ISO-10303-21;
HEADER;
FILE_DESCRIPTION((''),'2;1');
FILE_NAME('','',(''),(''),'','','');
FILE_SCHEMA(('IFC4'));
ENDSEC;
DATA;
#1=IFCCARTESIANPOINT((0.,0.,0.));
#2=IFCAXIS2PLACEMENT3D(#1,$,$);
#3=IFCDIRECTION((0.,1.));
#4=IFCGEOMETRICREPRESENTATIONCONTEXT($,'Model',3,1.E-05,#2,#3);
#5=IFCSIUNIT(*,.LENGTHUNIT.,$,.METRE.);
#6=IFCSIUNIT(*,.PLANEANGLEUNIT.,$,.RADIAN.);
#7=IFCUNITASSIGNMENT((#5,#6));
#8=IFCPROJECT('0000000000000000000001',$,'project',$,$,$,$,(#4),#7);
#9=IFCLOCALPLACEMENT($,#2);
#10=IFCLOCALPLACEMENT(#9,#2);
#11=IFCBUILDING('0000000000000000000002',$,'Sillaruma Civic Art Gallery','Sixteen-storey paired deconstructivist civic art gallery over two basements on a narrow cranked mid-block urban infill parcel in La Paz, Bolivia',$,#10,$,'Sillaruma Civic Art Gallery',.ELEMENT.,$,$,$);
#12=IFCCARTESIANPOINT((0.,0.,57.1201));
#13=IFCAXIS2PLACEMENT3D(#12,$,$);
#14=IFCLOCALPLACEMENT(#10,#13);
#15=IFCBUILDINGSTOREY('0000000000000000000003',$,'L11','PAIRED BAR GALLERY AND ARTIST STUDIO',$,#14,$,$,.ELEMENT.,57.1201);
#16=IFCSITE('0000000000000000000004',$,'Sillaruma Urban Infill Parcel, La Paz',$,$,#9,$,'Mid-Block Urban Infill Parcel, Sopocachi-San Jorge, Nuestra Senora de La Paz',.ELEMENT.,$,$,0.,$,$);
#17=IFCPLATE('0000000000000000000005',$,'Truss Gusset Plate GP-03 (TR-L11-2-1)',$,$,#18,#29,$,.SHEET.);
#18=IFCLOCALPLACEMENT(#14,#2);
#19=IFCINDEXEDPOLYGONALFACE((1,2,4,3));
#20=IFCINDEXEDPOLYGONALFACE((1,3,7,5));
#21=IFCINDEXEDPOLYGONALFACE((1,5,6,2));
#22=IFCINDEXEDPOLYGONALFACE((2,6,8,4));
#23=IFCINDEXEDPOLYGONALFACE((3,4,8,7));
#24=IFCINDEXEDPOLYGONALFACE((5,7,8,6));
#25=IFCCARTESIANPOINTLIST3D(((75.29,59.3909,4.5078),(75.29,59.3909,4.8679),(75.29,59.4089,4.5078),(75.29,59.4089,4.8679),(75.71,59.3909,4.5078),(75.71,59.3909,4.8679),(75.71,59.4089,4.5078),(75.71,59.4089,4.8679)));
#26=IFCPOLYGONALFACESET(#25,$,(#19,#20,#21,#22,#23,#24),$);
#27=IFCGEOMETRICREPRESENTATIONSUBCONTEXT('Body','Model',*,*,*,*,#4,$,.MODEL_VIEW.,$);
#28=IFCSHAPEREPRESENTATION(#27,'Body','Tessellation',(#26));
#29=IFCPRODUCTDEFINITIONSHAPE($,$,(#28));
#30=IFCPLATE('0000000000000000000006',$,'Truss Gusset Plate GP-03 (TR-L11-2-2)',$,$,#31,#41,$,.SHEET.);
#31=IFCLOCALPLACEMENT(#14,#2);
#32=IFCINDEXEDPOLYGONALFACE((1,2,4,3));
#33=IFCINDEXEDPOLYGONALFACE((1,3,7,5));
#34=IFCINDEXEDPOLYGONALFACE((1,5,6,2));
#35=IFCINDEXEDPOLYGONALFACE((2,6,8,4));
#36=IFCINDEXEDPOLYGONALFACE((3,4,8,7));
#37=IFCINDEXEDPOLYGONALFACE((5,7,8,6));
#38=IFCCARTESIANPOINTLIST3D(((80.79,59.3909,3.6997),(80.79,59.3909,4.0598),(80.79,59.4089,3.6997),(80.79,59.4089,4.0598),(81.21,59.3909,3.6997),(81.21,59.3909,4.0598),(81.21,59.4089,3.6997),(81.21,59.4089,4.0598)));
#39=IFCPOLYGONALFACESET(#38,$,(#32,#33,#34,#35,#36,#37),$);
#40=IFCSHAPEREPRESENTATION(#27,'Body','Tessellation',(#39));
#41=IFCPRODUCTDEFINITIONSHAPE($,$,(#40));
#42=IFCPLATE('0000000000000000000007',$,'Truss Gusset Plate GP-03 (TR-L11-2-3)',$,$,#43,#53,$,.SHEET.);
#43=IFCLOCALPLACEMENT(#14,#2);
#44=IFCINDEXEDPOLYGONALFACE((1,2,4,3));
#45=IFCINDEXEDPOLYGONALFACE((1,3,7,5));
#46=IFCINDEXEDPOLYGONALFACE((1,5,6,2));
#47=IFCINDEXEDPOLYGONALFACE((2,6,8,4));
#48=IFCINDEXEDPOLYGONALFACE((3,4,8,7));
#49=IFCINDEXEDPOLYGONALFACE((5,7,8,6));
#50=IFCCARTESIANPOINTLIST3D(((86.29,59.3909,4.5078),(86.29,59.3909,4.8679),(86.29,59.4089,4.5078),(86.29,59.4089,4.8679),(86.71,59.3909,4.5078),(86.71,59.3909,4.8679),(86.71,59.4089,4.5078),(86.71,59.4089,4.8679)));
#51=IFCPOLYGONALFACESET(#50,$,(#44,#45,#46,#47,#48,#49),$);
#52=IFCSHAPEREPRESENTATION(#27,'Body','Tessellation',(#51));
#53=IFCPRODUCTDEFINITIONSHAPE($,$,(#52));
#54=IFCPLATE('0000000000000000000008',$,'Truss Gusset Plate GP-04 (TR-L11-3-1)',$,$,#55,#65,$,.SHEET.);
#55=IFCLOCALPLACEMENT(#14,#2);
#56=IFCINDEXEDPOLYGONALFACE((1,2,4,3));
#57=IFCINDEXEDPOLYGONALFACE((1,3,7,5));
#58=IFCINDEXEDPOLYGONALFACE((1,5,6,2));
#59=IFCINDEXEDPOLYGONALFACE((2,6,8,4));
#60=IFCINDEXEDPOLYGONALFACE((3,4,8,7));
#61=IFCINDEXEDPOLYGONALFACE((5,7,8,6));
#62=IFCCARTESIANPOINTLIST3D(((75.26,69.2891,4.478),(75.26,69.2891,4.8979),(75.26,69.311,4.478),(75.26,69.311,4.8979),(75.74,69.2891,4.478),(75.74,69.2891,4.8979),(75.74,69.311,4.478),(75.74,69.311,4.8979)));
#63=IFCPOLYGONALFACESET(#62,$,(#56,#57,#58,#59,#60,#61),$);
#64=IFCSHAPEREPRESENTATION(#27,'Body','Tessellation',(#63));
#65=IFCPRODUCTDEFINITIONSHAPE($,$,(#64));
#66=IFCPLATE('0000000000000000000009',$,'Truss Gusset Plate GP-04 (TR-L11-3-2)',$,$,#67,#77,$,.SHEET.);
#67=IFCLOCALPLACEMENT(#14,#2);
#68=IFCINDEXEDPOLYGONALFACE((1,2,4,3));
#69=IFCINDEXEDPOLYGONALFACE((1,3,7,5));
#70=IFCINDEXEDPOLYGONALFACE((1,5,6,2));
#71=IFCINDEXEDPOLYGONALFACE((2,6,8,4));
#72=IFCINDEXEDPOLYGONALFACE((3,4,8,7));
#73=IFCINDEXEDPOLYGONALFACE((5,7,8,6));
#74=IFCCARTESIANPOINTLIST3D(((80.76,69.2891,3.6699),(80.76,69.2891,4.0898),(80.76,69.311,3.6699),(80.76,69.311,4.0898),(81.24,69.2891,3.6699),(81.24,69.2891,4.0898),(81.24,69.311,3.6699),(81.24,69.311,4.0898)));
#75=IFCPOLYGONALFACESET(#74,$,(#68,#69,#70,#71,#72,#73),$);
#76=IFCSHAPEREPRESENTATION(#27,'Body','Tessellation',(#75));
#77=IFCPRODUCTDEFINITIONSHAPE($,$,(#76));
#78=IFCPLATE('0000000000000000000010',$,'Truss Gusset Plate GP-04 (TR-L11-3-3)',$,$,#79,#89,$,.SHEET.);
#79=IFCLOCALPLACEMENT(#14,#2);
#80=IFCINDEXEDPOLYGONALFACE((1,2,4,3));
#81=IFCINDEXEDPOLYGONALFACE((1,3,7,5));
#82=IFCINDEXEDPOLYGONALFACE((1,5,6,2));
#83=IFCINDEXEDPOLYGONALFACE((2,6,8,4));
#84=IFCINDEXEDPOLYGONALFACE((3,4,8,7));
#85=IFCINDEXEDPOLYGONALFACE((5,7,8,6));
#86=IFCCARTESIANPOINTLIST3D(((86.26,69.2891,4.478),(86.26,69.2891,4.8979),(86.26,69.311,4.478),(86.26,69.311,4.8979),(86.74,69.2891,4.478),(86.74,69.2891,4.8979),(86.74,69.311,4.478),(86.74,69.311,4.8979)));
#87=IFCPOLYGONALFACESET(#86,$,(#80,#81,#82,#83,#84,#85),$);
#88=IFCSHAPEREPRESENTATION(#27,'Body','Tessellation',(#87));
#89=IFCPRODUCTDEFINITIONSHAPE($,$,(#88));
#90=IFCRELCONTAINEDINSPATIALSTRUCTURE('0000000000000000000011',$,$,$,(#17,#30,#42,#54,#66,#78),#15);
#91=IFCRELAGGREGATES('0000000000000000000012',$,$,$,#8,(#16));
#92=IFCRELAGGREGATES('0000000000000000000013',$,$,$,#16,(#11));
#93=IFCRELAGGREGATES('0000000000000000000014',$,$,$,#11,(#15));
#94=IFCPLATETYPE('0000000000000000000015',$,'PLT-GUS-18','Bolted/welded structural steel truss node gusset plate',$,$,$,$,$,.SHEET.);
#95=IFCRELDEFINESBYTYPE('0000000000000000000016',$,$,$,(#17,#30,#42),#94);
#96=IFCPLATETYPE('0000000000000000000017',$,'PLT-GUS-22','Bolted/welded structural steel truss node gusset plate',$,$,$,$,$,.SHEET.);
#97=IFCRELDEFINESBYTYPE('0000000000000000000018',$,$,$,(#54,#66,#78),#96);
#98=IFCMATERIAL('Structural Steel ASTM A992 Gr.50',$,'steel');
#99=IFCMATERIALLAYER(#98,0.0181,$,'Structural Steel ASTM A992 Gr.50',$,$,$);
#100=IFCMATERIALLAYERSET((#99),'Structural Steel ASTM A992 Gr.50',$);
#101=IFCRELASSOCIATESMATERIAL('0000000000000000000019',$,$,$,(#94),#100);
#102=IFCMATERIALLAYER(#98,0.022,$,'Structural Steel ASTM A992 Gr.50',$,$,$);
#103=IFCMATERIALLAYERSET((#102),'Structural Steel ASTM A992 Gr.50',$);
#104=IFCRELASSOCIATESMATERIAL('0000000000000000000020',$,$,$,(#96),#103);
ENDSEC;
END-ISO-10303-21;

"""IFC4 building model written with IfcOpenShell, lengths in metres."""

from ifc_helpers import new_model, si_unit, direction, frame, origin, origin_2d, place, context, subcontext, project, spatial, rectangle, extrude, material, layer, layer_set, type_object, element, save


model = new_model("IFC4")

# Units and contexts
model_context = context("Model", 3, precision=1e-05, world=origin(), true_north=direction((0.0, 1.0)))
body_context = subcontext(model_context, "Body", "Model", "MODEL_VIEW")
ifc_project = project(units=[si_unit("LENGTHUNIT", "METRE"), si_unit("PLANEANGLEUNIT", "RADIAN")], contexts=[model_context])

# Site, building, storey
site_placement = place(None, origin())
site = spatial("IfcSite", under=ifc_project, at=site_placement, Name="Sillaruma Urban Infill Parcel, La Paz", LongName="Mid-Block Urban Infill Parcel, Sopocachi-San Jorge, Nuestra Senora de La Paz", CompositionType="ELEMENT", RefElevation=0.0)
building_placement = place(site_placement, origin())
building = spatial("IfcBuilding", under=site, at=building_placement, Name="Sillaruma Civic Art Gallery", Description="Sixteen-storey paired deconstructivist civic art gallery over two basements on a narrow cranked mid-block urban infill parcel in La Paz, Bolivia", LongName="Sillaruma Civic Art Gallery", CompositionType="ELEMENT")
storey_placement = place(building_placement, frame((0.0, 0.0, 57.1201)))
storey = spatial("IfcBuildingStorey", under=building, at=storey_placement, Name="L11", Description="PAIRED BAR GALLERY AND ARTIST STUDIO", CompositionType="ELEMENT", Elevation=57.1201)

# Shared definitions
ifc_material_1 = material(Name="Structural Steel ASTM A992 Gr.50", Category="steel")

# Plates
ifc_layer_1 = layer(ifc_material_1, 0.0181, Name="Structural Steel ASTM A992 Gr.50")
ifc_layer_set_1 = layer_set([ifc_layer_1], Name="Structural Steel ASTM A992 Gr.50")
plate_type_1 = type_object("IfcPlateType", Name="PLT-GUS-18", Description="Bolted/welded structural steel truss node gusset plate", PredefinedType="SHEET", material=ifc_layer_set_1)
for number, where, z_axis, x_axis, name in (
    (1, (75.5, 59.3999, 4.5078), (0.0, 0.0, 1.0), (1.0, 0.0, 0.0), "Truss Gusset Plate GP-03 (TR-L11-2-1)"),
    (2, (81.0, 59.3999, 3.6997), (0.0, 0.0, 1.0), (1.0, 0.0, 0.0), "Truss Gusset Plate GP-03 (TR-L11-2-2)"),
    (3, (86.5, 59.3999, 4.5078), (0.0, 0.0, 1.0), (1.0, 0.0, 0.0), "Truss Gusset Plate GP-03 (TR-L11-2-3)"),
):
    element("IfcPlate", number, at=place(storey_placement, frame(where, z_axis=z_axis, x_axis=x_axis)), inside=storey, type_object=plate_type_1, Name=name, PredefinedType="SHEET", context=body_context, shape_type="SweptSolid", body=[
        extrude(rectangle(XDim=0.4199, YDim=0.0181, at=origin_2d()), origin(), (0.0, 0.0, 1.0), 0.3601),
    ])
ifc_layer_2 = layer(ifc_material_1, 0.022, Name="Structural Steel ASTM A992 Gr.50")
ifc_layer_set_2 = layer_set([ifc_layer_2], Name="Structural Steel ASTM A992 Gr.50")
plate_type_2 = type_object("IfcPlateType", Name="PLT-GUS-22", Description="Bolted/welded structural steel truss node gusset plate", PredefinedType="SHEET", material=ifc_layer_set_2)
for number, where, z_axis, x_axis, name in (
    (4, (75.5, 69.3, 4.478), (0.0, 0.0, 1.0), (1.0, 0.0, 0.0), "Truss Gusset Plate GP-04 (TR-L11-3-1)"),
    (5, (81.0, 69.3, 3.6699), (0.0, 0.0, 1.0), (1.0, 0.0, 0.0), "Truss Gusset Plate GP-04 (TR-L11-3-2)"),
    (6, (86.5, 69.3, 4.478), (0.0, 0.0, 1.0), (1.0, 0.0, 0.0), "Truss Gusset Plate GP-04 (TR-L11-3-3)"),
):
    element("IfcPlate", number, at=place(storey_placement, frame(where, z_axis=z_axis, x_axis=x_axis)), inside=storey, type_object=plate_type_2, Name=name, PredefinedType="SHEET", context=body_context, shape_type="SweptSolid", body=[
        extrude(rectangle(XDim=0.48, YDim=0.022, at=origin_2d()), origin(), (0.0, 0.0, 1.0), 0.4199),
    ])

save(model, "model.ifc")
